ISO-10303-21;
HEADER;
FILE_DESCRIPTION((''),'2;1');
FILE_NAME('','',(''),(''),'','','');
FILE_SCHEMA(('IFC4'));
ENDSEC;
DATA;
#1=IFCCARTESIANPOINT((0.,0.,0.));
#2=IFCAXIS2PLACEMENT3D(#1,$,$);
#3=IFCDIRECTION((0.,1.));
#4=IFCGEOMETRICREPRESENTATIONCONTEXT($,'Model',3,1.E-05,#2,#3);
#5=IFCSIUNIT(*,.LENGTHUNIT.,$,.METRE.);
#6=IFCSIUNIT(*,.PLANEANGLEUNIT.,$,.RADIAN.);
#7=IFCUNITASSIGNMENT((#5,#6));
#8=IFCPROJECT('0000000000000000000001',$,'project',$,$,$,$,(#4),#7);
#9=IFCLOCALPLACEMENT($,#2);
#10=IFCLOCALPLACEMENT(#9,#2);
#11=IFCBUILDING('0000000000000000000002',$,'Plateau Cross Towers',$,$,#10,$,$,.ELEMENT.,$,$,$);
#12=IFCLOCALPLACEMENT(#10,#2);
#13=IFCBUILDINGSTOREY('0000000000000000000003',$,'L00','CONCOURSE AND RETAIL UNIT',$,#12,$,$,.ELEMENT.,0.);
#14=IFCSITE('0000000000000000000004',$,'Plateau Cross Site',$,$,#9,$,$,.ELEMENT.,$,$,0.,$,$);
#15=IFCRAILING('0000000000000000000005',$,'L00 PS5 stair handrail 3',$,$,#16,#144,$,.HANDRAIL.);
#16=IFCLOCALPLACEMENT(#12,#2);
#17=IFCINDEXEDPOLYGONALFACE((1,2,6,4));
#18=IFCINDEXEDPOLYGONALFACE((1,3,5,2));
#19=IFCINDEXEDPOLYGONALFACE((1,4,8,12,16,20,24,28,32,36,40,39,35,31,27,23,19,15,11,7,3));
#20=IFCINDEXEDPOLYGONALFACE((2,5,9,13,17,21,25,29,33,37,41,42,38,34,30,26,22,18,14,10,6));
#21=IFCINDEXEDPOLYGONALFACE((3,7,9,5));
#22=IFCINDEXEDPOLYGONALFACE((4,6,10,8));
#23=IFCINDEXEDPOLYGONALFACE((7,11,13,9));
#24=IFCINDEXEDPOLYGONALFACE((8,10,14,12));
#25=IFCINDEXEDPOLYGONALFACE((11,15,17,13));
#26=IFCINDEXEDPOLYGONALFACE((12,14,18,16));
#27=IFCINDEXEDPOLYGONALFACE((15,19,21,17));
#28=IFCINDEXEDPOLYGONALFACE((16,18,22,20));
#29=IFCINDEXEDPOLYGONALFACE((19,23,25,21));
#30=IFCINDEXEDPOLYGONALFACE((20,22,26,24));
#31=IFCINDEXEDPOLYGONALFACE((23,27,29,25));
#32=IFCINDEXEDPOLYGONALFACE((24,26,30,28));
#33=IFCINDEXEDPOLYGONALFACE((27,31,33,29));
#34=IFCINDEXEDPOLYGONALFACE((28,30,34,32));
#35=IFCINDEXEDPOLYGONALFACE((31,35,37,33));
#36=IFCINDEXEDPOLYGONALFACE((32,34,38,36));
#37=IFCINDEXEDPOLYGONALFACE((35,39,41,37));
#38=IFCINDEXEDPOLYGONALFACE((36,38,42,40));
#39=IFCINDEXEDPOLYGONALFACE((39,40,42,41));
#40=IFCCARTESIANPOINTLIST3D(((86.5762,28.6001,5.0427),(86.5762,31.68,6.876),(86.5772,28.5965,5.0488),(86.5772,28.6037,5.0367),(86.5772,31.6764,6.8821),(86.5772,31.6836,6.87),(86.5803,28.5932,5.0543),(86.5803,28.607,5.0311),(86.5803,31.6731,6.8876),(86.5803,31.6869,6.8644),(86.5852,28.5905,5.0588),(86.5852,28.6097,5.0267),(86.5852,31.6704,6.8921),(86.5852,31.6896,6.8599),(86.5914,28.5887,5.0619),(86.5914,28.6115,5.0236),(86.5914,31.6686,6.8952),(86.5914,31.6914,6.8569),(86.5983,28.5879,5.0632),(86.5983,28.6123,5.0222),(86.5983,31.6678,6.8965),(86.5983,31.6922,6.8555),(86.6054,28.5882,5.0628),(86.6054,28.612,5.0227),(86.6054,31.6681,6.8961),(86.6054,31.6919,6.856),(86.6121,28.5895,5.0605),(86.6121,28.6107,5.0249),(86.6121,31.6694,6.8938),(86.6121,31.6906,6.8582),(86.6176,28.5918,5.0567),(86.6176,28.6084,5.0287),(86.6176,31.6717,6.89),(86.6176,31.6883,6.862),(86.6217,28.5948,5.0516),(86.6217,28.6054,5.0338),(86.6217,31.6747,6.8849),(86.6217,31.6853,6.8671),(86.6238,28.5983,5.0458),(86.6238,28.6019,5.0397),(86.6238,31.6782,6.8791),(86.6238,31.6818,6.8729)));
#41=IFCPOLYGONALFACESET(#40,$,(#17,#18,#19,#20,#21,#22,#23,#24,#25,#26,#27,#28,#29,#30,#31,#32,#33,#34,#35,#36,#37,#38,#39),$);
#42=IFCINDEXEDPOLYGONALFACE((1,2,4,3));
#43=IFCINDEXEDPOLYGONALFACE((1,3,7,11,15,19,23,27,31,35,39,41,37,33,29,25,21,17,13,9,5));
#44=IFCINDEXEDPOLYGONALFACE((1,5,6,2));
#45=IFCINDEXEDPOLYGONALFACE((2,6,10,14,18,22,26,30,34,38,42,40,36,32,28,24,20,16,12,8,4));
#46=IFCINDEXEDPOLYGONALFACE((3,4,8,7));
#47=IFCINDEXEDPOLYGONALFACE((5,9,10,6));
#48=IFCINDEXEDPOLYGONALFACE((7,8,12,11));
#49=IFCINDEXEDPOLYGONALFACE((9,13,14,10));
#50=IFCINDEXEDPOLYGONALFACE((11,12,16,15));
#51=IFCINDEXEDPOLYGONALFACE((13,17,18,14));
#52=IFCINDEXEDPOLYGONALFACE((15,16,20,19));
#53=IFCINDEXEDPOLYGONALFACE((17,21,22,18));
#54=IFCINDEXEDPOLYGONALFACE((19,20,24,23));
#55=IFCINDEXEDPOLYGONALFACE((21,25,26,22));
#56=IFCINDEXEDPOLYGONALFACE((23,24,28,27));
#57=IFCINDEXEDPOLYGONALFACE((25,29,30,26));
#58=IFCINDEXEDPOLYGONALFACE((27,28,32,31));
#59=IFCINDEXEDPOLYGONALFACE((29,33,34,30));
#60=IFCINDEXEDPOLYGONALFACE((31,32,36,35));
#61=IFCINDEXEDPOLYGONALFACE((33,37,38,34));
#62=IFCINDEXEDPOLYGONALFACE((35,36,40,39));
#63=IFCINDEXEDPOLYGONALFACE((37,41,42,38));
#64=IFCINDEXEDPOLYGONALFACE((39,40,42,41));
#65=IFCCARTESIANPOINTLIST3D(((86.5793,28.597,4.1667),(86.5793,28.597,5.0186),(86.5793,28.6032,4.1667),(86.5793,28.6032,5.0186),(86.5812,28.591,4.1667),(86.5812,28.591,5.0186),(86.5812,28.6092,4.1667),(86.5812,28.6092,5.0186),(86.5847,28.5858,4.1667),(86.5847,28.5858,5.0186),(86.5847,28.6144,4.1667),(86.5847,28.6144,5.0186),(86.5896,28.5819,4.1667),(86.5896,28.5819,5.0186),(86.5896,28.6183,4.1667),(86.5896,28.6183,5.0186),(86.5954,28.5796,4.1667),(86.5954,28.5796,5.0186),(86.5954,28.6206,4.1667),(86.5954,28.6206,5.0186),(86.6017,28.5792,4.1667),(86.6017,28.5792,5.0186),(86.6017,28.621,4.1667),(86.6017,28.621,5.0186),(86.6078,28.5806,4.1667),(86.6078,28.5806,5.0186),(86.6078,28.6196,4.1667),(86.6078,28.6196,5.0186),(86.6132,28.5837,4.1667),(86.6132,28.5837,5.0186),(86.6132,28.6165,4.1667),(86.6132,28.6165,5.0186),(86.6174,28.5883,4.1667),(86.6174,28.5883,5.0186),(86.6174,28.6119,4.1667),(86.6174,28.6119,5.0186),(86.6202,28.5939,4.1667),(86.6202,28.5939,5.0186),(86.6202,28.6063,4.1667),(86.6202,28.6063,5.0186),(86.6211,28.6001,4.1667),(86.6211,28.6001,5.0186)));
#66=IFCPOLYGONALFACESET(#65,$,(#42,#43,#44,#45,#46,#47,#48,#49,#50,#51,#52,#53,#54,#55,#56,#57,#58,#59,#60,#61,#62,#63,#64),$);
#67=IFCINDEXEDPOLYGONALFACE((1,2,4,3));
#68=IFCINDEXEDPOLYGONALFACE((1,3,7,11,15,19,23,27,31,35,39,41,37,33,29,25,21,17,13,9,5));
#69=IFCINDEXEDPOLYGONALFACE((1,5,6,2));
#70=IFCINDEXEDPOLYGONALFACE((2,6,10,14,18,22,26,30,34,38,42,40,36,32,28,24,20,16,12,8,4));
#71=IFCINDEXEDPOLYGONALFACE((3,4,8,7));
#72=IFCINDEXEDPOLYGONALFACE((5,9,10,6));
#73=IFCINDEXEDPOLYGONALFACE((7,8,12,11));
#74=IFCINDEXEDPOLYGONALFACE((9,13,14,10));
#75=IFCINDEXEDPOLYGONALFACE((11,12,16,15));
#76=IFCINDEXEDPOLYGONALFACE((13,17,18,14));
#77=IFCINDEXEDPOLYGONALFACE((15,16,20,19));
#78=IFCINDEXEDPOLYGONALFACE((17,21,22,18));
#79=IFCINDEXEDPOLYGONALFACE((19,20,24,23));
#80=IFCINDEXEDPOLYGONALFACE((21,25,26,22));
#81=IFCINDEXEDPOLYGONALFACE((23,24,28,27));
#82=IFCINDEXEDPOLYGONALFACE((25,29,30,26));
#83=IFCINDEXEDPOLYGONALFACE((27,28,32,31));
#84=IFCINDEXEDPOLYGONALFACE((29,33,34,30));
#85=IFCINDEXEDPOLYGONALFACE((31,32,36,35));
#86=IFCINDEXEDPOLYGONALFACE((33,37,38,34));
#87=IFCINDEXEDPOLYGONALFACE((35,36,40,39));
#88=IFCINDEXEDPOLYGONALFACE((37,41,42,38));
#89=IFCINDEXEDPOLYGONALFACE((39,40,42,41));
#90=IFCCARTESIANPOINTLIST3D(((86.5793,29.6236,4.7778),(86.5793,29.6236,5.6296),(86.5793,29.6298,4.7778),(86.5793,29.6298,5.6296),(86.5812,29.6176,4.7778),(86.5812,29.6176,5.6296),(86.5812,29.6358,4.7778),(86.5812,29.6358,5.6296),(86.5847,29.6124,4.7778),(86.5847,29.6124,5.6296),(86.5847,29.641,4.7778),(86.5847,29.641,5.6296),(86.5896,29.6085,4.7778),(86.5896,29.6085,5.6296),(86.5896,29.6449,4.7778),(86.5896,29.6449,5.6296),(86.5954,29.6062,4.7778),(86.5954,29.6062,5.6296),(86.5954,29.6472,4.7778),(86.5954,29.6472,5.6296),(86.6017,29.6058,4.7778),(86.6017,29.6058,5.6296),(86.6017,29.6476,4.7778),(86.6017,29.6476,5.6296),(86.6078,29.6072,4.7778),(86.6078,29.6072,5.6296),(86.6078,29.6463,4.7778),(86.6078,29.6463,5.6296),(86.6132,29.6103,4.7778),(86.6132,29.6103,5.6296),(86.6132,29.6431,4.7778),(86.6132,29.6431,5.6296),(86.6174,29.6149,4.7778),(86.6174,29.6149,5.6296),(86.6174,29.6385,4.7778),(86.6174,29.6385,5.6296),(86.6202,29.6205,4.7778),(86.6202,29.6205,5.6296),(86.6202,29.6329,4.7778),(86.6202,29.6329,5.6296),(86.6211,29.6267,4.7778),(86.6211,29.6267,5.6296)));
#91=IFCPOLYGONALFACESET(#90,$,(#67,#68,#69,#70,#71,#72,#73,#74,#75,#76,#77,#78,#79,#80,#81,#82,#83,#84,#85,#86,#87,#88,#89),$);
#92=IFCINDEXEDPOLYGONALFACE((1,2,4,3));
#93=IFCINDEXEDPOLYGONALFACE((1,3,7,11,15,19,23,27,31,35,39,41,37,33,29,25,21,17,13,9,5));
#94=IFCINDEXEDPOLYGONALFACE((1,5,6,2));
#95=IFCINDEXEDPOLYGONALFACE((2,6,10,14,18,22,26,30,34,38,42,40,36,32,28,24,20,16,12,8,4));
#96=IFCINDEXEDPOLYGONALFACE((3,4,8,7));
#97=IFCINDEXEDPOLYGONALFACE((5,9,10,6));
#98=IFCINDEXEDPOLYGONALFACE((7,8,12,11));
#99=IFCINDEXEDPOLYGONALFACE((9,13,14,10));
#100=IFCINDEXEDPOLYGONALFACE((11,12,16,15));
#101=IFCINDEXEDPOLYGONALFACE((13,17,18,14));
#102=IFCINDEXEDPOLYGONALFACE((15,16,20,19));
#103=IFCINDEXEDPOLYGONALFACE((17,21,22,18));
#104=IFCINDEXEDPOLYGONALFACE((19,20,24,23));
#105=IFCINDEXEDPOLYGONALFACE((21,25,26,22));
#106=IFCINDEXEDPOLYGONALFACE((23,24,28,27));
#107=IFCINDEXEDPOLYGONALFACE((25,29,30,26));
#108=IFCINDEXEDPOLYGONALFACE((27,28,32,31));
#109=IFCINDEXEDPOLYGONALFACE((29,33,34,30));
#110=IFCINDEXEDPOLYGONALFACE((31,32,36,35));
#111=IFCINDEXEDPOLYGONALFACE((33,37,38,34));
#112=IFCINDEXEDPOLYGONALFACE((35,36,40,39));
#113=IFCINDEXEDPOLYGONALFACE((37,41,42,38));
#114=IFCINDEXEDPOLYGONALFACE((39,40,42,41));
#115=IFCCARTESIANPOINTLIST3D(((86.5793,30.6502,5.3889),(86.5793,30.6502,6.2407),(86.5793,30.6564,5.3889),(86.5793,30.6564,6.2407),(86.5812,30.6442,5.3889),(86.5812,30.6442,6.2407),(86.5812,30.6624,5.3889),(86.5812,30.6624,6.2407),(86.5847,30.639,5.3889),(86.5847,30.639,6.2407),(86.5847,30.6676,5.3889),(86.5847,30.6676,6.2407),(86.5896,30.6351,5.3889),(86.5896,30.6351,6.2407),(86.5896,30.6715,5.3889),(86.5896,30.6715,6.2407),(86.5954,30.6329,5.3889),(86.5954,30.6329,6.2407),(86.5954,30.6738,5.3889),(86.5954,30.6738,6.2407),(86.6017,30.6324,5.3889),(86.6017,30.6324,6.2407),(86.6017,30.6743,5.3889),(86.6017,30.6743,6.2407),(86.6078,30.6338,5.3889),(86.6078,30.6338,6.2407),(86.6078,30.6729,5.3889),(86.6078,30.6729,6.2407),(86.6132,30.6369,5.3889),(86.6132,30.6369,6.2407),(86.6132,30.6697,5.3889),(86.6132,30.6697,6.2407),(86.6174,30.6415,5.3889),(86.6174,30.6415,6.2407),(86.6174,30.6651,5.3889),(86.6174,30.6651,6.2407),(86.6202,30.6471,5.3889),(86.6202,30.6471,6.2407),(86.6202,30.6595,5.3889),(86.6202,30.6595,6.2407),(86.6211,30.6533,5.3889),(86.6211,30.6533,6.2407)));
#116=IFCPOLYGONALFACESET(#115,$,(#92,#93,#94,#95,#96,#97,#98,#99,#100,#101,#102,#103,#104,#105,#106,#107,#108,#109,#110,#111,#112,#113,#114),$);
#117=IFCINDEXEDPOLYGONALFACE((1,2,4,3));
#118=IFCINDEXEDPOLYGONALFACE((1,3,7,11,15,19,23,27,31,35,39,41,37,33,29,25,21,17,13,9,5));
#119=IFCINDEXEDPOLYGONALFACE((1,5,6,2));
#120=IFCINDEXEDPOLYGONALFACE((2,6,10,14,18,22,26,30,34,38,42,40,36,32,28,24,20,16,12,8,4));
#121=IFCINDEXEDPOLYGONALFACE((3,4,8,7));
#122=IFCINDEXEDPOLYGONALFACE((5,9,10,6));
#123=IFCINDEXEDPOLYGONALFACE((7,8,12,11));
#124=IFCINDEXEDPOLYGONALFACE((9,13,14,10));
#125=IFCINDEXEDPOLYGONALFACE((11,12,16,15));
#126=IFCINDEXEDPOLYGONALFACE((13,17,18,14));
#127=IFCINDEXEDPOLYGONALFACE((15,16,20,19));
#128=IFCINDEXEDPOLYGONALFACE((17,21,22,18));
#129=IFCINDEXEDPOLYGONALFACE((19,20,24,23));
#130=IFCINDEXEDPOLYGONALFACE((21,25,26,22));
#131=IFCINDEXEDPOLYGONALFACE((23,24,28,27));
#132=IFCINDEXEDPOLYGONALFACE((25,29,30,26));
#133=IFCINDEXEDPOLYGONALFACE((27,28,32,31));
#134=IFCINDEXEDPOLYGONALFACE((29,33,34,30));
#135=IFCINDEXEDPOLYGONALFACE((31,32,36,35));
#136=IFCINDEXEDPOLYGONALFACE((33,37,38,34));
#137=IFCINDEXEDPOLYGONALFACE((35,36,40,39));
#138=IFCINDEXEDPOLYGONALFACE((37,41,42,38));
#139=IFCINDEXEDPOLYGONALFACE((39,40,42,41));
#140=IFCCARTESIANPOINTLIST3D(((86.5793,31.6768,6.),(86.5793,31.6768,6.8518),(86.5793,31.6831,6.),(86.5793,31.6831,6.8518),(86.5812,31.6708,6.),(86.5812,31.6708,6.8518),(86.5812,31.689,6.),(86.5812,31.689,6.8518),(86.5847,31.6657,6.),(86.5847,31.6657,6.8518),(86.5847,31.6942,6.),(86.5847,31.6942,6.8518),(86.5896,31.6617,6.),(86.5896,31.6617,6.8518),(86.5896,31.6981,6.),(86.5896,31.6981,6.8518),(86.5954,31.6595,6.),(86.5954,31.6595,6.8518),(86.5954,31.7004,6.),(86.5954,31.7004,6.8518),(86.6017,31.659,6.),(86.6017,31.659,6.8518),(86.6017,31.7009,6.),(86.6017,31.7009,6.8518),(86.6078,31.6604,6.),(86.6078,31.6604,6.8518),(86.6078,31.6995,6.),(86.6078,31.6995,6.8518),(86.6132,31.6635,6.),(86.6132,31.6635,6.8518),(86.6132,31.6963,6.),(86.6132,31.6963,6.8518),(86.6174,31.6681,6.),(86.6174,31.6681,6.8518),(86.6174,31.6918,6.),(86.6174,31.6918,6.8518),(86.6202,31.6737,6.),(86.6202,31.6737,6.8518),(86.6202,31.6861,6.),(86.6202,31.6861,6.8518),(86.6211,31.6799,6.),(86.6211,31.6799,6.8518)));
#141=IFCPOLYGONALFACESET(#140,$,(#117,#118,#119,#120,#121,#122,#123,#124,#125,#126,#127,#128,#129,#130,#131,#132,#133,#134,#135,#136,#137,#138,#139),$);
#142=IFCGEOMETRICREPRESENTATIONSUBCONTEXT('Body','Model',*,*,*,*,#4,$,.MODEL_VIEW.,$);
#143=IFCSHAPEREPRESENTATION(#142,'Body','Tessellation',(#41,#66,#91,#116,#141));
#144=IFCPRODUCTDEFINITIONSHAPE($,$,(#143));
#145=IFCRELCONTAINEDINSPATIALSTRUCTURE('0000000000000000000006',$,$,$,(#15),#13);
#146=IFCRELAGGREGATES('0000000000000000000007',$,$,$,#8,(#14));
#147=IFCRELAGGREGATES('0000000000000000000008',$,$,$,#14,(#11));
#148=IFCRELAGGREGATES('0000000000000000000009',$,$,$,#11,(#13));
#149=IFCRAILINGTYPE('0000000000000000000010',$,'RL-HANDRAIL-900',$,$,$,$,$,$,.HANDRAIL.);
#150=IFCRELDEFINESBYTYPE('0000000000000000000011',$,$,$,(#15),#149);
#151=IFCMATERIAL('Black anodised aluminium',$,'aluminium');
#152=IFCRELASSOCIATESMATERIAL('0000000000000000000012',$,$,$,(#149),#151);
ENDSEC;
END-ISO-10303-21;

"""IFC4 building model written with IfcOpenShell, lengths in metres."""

from ifc_helpers import new_model, si_unit, direction, frame, origin, origin_2d, place, context, subcontext, project, spatial, circle, extrude, material, type_object, element, save


model = new_model("IFC4")

# Units and contexts
model_context = context("Model", 3, precision=1e-05, world=origin(), true_north=direction((0.0, 1.0)))
body_context = subcontext(model_context, "Body", "Model", "MODEL_VIEW")
ifc_project = project(units=[si_unit("LENGTHUNIT", "METRE"), si_unit("PLANEANGLEUNIT", "RADIAN")], contexts=[model_context])

# Site, building, storey
site_placement = place(None, origin())
site = spatial("IfcSite", under=ifc_project, at=site_placement, Name="Plateau Cross Site", CompositionType="ELEMENT", RefElevation=0.0)
building_placement = place(site_placement, origin())
building = spatial("IfcBuilding", under=site, at=building_placement, Name="Plateau Cross Towers", CompositionType="ELEMENT")
storey_placement = place(building_placement, origin())
storey = spatial("IfcBuildingStorey", under=building, at=storey_placement, Name="L00", Description="CONCOURSE AND RETAIL UNIT", CompositionType="ELEMENT", Elevation=0.0)

# Railing
ifc_material_1 = material(Name="Black anodised aluminium", Category="aluminium")
railing_type_1 = type_object("IfcRailingType", Name="RL-HANDRAIL-900", PredefinedType="HANDRAIL", material=ifc_material_1)
for number, where, name in (
    (1, (86.6001, 28.6001, 4.1667), "L00 PS5 stair handrail 3"),
):
    element("IfcRailing", number, at=place(storey_placement, frame(where)), inside=storey, type_object=railing_type_1, Name=name, PredefinedType="HANDRAIL", context=body_context, shape_type="SweptSolid", body=[
        extrude(circle(Radius=0.0239, at=origin_2d()), frame((0.0, 0.0, 0.876), z_axis=(0.0, 0.859291, 0.511487), x_axis=(-1.0, 0.0, 0.0)), (0.0, 0.0, 1.0), 3.5842),
        extrude(circle(Radius=0.021, at=origin_2d()), origin(), (0.0, 0.0, 1.0), 0.8518),
        extrude(circle(Radius=0.021, at=origin_2d()), frame((0.0, 1.0266, 0.6111)), (0.0, 0.0, 1.0), 0.8518),
        extrude(circle(Radius=0.021, at=origin_2d()), frame((0.0, 2.0532, 1.2222)), (0.0, 0.0, 1.0), 0.8518),
        extrude(circle(Radius=0.021, at=origin_2d()), frame((0.0, 3.0798, 1.8333)), (0.0, 0.0, 1.0), 0.8518),
    ])

save(model, "model.ifc")
